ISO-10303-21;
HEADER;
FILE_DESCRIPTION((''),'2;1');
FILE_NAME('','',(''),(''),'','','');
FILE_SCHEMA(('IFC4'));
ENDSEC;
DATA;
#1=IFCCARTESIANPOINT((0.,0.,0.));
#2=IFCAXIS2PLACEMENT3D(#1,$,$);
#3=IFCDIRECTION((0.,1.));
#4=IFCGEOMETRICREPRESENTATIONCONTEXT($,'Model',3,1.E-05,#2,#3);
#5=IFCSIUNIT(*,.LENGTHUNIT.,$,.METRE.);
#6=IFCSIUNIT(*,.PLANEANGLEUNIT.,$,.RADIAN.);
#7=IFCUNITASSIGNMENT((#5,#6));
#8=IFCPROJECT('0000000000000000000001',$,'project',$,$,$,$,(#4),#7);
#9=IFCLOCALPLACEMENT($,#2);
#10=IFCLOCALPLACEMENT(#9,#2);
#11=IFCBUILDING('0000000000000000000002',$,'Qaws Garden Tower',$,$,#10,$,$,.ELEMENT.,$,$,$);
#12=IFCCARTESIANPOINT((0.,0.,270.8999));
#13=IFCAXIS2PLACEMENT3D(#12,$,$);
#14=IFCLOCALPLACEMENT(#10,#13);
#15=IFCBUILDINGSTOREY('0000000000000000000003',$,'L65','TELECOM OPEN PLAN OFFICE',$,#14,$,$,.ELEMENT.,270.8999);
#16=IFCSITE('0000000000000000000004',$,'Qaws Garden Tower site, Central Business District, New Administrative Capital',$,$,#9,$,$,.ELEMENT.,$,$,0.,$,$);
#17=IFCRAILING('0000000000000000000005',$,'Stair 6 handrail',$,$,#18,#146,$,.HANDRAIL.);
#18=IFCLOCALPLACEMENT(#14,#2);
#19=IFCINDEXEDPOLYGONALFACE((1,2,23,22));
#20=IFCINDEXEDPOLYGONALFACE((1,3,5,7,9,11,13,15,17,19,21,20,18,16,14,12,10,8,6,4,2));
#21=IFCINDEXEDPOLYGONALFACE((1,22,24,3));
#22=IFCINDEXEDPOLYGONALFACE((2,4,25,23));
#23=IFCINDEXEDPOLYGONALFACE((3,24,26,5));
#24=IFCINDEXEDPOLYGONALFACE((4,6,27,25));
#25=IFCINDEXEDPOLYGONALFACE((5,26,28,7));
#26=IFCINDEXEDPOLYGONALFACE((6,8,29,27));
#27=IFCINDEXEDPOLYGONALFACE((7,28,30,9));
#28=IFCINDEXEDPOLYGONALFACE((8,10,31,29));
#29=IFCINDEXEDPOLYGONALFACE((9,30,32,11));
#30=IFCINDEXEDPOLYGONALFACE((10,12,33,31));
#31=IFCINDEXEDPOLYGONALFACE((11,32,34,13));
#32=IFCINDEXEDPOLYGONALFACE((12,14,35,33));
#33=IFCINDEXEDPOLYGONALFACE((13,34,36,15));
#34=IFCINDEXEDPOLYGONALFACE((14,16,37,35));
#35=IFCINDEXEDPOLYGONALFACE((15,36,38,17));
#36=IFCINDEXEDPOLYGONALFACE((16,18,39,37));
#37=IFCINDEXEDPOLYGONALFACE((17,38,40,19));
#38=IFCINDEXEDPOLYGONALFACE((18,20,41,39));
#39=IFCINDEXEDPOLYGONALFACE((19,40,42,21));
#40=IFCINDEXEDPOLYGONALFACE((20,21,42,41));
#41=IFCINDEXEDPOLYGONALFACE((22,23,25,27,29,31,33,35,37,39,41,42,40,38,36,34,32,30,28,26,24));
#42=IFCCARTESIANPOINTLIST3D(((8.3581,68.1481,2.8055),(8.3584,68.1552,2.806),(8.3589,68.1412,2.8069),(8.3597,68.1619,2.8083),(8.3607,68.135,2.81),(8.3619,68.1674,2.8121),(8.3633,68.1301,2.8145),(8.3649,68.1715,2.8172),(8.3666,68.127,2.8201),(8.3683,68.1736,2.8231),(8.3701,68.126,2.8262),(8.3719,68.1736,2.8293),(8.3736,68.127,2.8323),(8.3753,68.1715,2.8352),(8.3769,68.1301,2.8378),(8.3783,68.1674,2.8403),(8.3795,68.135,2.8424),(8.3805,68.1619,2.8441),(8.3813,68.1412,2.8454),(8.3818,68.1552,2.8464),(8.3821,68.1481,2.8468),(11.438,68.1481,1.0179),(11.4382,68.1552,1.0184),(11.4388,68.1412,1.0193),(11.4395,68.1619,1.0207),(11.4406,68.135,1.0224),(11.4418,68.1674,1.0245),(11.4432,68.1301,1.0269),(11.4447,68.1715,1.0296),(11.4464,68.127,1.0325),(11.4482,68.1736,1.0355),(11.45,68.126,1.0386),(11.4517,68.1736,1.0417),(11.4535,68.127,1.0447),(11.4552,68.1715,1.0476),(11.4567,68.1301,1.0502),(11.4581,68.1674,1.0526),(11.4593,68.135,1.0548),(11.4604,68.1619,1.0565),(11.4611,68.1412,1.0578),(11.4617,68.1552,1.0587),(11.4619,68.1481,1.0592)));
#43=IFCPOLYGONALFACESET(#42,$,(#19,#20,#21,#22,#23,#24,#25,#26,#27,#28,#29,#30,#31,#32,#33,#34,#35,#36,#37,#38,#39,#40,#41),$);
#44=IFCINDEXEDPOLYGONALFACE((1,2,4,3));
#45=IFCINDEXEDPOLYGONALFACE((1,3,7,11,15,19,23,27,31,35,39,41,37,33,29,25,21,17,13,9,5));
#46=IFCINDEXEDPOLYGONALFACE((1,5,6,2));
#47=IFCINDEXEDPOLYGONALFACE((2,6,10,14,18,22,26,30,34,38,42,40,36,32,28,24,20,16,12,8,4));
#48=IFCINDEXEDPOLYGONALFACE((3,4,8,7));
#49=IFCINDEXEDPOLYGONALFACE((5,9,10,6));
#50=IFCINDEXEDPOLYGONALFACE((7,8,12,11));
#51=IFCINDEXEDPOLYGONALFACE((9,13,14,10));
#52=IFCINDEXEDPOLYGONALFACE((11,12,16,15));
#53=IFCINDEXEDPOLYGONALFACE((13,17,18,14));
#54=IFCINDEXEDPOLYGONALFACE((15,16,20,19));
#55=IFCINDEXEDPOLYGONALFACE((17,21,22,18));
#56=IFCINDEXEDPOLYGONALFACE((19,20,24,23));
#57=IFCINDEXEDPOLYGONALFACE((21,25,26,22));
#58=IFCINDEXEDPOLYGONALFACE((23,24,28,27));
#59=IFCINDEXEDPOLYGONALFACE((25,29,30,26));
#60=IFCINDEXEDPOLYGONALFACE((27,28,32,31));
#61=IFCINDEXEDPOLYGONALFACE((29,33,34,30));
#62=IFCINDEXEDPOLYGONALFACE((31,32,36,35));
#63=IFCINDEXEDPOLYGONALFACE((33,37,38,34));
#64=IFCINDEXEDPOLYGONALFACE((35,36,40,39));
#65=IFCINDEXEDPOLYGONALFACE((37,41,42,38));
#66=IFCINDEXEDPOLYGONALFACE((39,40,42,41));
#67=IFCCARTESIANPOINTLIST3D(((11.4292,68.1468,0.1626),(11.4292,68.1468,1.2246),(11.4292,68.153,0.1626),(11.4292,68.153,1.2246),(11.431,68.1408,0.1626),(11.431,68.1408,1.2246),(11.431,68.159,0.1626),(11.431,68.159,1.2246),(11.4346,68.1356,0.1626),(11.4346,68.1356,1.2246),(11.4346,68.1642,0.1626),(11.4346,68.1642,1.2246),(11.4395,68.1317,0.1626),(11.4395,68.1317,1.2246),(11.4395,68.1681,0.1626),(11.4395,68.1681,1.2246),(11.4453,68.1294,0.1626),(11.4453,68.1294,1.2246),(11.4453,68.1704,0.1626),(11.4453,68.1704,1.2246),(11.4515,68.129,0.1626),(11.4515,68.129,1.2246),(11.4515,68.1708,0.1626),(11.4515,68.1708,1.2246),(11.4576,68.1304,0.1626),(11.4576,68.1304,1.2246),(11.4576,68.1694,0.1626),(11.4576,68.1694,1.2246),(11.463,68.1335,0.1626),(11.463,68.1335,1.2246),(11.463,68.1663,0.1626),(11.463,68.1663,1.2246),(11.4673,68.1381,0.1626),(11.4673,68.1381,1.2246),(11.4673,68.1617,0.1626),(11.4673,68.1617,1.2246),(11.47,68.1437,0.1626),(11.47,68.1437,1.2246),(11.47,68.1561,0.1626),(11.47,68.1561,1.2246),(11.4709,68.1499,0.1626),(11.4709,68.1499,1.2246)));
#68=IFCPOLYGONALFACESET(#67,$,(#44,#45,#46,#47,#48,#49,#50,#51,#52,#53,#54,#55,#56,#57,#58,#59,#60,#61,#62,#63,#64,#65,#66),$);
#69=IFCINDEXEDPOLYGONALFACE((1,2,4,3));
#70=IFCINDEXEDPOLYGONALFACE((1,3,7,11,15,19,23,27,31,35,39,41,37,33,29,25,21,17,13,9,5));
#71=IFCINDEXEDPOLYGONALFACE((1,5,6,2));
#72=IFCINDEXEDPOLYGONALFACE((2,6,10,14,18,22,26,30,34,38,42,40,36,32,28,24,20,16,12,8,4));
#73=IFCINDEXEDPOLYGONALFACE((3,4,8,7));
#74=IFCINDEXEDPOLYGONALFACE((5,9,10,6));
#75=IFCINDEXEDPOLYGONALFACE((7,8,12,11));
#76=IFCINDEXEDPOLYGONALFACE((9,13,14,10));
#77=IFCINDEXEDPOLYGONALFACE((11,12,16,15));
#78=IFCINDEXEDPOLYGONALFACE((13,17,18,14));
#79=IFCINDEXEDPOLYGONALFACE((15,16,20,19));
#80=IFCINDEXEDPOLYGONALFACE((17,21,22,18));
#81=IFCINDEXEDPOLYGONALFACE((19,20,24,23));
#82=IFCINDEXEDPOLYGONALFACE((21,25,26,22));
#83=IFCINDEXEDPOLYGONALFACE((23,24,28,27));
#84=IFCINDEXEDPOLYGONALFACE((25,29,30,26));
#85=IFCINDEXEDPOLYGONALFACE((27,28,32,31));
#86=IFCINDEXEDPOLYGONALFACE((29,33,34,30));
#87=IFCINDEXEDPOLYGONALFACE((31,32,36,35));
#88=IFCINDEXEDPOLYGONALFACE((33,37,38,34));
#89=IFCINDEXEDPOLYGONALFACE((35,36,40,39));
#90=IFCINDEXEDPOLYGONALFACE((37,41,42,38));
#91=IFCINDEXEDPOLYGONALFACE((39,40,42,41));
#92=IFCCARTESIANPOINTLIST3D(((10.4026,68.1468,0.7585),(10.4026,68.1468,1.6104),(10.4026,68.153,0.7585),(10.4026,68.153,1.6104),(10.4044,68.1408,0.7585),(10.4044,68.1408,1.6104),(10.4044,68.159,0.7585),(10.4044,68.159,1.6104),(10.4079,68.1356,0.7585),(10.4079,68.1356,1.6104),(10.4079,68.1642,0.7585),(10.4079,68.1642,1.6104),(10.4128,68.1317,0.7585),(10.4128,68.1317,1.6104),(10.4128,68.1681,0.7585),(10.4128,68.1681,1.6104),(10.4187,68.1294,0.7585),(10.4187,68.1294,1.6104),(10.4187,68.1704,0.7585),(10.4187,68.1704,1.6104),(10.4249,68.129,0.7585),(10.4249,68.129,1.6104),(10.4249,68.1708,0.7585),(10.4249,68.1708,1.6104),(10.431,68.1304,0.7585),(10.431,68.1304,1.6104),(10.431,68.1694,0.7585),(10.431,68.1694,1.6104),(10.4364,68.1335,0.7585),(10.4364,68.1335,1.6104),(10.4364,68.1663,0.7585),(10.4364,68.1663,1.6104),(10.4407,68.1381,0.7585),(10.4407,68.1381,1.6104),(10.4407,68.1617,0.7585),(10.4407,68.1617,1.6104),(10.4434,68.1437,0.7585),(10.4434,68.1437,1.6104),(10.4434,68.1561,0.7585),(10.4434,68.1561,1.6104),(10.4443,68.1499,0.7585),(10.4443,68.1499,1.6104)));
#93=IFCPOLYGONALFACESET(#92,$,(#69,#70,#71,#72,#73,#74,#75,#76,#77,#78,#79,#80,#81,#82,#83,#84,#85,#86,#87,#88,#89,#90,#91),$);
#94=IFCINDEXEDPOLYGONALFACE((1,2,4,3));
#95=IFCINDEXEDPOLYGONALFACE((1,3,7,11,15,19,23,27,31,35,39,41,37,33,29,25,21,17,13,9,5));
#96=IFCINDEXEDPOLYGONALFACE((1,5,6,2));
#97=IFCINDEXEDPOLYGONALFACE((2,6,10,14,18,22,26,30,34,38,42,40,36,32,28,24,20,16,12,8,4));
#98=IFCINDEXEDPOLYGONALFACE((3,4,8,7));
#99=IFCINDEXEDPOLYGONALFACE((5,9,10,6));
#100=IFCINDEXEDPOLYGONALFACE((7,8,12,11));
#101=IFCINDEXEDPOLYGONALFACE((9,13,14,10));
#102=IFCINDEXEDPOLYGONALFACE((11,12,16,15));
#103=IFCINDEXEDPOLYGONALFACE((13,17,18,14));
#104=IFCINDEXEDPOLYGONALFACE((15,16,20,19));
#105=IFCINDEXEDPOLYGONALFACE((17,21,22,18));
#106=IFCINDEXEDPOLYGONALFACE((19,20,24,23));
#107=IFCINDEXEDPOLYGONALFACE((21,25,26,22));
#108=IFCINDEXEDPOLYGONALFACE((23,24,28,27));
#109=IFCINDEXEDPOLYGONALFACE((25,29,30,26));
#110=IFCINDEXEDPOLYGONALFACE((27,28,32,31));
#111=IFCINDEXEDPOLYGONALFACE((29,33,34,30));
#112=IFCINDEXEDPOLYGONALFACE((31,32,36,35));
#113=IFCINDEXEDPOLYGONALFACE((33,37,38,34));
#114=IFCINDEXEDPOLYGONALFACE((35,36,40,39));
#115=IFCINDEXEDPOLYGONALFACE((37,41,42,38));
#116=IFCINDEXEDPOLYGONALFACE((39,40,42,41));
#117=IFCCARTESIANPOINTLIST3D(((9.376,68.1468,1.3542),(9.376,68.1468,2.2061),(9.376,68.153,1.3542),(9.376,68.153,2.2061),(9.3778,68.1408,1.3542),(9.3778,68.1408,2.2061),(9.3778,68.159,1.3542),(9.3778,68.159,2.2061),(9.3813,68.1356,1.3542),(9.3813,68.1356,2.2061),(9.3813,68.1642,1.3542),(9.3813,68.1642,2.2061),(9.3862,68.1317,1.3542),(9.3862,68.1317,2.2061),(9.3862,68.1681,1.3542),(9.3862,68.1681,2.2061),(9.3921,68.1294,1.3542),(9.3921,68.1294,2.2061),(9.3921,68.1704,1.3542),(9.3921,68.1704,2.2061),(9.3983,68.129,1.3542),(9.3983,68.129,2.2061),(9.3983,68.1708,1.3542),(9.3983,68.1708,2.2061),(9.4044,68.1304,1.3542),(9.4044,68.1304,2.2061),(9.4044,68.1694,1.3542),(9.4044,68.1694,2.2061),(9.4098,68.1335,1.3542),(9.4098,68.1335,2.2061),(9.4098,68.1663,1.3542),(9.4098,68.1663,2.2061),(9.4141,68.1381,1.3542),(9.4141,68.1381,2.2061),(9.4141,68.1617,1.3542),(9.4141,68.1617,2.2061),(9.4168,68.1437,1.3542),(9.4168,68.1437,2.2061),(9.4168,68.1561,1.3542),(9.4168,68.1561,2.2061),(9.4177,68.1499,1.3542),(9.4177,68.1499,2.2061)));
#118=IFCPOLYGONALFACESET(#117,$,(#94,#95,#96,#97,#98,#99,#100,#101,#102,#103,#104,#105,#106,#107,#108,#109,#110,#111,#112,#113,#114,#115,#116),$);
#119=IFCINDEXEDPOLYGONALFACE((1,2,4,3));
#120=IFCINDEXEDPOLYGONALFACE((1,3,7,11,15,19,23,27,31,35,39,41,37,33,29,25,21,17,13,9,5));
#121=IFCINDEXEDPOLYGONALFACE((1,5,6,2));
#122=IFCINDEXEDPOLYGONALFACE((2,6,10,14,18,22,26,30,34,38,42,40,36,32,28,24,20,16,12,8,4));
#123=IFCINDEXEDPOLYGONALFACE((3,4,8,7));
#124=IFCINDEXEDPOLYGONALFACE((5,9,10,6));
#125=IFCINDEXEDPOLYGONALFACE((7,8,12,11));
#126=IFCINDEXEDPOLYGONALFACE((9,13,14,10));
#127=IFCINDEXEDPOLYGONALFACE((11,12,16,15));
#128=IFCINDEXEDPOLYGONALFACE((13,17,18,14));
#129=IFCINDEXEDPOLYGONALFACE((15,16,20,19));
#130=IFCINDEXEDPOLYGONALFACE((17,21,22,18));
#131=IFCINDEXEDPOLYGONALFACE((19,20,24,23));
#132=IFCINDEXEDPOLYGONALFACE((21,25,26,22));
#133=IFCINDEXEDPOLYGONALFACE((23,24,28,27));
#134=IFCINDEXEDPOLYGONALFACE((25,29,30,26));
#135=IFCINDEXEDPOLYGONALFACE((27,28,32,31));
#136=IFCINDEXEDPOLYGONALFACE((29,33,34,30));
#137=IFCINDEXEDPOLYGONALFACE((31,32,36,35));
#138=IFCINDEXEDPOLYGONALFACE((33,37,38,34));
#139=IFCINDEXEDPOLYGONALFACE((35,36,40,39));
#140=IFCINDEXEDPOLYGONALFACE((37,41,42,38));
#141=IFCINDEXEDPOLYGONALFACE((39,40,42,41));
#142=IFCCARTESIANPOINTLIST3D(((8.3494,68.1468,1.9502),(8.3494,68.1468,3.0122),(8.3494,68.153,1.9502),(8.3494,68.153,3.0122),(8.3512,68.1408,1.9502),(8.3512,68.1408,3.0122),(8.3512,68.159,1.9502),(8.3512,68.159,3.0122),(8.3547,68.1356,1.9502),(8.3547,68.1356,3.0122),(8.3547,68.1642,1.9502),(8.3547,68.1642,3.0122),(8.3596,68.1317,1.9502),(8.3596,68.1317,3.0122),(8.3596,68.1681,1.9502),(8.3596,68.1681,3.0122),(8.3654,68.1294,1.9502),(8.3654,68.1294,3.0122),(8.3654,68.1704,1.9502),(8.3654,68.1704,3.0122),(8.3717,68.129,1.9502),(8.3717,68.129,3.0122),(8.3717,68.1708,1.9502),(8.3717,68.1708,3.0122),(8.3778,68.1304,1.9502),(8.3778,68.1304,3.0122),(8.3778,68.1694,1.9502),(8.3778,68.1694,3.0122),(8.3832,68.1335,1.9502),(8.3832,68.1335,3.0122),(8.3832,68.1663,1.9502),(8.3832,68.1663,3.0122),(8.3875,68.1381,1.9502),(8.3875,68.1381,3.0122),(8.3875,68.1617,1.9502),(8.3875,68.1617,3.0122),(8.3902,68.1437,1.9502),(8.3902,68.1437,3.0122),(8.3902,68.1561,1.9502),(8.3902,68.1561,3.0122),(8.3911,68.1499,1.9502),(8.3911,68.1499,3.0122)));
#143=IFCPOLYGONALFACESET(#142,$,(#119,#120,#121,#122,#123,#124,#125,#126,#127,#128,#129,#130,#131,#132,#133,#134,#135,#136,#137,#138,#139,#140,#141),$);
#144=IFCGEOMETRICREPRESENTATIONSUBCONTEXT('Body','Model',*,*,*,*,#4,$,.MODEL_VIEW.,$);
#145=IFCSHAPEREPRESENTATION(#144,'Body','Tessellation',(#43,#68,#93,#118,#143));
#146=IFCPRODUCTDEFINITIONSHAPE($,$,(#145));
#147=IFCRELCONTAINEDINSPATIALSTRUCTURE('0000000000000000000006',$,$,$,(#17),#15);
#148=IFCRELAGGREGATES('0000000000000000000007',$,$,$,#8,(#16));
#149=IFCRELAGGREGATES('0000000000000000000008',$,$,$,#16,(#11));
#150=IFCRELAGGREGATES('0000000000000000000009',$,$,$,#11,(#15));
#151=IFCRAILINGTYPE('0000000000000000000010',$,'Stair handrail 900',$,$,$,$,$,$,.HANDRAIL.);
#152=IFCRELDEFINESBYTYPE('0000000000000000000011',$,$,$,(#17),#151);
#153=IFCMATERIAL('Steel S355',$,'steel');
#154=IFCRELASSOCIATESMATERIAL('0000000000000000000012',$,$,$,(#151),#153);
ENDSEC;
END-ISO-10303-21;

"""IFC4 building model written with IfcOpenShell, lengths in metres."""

from ifc_helpers import new_model, si_unit, direction, frame, origin, origin_2d, place, context, subcontext, project, spatial, circle, extrude, material, type_object, element, save


model = new_model("IFC4")

# Units and contexts
model_context = context("Model", 3, precision=1e-05, world=origin(), true_north=direction((0.0, 1.0)))
body_context = subcontext(model_context, "Body", "Model", "MODEL_VIEW")
ifc_project = project(units=[si_unit("LENGTHUNIT", "METRE"), si_unit("PLANEANGLEUNIT", "RADIAN")], contexts=[model_context])

# Site, building, storey
site_placement = place(None, origin())
site = spatial("IfcSite", under=ifc_project, at=site_placement, Name="Qaws Garden Tower site, Central Business District, New Administrative Capital", CompositionType="ELEMENT", RefElevation=0.0)
building_placement = place(site_placement, origin())
building = spatial("IfcBuilding", under=site, at=building_placement, Name="Qaws Garden Tower", CompositionType="ELEMENT")
storey_placement = place(building_placement, frame((0.0, 0.0, 270.8999)))
storey = spatial("IfcBuildingStorey", under=building, at=storey_placement, Name="L65", Description="TELECOM OPEN PLAN OFFICE", CompositionType="ELEMENT", Elevation=270.8999)

# Railing
ifc_material_1 = material(Name="Steel S355", Category="steel")
railing_type = type_object("IfcRailingType", Name="Stair handrail 900", PredefinedType="HANDRAIL", material=ifc_material_1)
railing_1_placement = place(storey_placement, frame((11.45, 68.1499, 0.1626)))
element("IfcRailing", 1, at=railing_1_placement, inside=storey, type_object=railing_type, Name="Stair 6 handrail", PredefinedType="HANDRAIL", context=body_context, shape_type="SweptSolid", body=[
    extrude(circle(Radius=0.0239, at=origin_2d()), frame((0.0, 0.0, 0.876), z_axis=(-0.864873, 0.0, 0.50199), x_axis=(0.0, -1.0, 0.0)), (0.0, 0.0, 1.0), 3.561),
    extrude(circle(Radius=0.021, at=origin_2d()), origin(), (0.0, 0.0, 1.0), 1.062),
    extrude(circle(Radius=0.021, at=origin_2d()), frame((-1.0266, 0.0, 0.5959)), (0.0, 0.0, 1.0), 0.8518),
    extrude(circle(Radius=0.021, at=origin_2d()), frame((-2.0532, 0.0, 1.1917)), (0.0, 0.0, 1.0), 0.8518),
    extrude(circle(Radius=0.021, at=origin_2d()), frame((-3.0798, 0.0, 1.7876)), (0.0, 0.0, 1.0), 1.062),
])

save(model, "model.ifc")
